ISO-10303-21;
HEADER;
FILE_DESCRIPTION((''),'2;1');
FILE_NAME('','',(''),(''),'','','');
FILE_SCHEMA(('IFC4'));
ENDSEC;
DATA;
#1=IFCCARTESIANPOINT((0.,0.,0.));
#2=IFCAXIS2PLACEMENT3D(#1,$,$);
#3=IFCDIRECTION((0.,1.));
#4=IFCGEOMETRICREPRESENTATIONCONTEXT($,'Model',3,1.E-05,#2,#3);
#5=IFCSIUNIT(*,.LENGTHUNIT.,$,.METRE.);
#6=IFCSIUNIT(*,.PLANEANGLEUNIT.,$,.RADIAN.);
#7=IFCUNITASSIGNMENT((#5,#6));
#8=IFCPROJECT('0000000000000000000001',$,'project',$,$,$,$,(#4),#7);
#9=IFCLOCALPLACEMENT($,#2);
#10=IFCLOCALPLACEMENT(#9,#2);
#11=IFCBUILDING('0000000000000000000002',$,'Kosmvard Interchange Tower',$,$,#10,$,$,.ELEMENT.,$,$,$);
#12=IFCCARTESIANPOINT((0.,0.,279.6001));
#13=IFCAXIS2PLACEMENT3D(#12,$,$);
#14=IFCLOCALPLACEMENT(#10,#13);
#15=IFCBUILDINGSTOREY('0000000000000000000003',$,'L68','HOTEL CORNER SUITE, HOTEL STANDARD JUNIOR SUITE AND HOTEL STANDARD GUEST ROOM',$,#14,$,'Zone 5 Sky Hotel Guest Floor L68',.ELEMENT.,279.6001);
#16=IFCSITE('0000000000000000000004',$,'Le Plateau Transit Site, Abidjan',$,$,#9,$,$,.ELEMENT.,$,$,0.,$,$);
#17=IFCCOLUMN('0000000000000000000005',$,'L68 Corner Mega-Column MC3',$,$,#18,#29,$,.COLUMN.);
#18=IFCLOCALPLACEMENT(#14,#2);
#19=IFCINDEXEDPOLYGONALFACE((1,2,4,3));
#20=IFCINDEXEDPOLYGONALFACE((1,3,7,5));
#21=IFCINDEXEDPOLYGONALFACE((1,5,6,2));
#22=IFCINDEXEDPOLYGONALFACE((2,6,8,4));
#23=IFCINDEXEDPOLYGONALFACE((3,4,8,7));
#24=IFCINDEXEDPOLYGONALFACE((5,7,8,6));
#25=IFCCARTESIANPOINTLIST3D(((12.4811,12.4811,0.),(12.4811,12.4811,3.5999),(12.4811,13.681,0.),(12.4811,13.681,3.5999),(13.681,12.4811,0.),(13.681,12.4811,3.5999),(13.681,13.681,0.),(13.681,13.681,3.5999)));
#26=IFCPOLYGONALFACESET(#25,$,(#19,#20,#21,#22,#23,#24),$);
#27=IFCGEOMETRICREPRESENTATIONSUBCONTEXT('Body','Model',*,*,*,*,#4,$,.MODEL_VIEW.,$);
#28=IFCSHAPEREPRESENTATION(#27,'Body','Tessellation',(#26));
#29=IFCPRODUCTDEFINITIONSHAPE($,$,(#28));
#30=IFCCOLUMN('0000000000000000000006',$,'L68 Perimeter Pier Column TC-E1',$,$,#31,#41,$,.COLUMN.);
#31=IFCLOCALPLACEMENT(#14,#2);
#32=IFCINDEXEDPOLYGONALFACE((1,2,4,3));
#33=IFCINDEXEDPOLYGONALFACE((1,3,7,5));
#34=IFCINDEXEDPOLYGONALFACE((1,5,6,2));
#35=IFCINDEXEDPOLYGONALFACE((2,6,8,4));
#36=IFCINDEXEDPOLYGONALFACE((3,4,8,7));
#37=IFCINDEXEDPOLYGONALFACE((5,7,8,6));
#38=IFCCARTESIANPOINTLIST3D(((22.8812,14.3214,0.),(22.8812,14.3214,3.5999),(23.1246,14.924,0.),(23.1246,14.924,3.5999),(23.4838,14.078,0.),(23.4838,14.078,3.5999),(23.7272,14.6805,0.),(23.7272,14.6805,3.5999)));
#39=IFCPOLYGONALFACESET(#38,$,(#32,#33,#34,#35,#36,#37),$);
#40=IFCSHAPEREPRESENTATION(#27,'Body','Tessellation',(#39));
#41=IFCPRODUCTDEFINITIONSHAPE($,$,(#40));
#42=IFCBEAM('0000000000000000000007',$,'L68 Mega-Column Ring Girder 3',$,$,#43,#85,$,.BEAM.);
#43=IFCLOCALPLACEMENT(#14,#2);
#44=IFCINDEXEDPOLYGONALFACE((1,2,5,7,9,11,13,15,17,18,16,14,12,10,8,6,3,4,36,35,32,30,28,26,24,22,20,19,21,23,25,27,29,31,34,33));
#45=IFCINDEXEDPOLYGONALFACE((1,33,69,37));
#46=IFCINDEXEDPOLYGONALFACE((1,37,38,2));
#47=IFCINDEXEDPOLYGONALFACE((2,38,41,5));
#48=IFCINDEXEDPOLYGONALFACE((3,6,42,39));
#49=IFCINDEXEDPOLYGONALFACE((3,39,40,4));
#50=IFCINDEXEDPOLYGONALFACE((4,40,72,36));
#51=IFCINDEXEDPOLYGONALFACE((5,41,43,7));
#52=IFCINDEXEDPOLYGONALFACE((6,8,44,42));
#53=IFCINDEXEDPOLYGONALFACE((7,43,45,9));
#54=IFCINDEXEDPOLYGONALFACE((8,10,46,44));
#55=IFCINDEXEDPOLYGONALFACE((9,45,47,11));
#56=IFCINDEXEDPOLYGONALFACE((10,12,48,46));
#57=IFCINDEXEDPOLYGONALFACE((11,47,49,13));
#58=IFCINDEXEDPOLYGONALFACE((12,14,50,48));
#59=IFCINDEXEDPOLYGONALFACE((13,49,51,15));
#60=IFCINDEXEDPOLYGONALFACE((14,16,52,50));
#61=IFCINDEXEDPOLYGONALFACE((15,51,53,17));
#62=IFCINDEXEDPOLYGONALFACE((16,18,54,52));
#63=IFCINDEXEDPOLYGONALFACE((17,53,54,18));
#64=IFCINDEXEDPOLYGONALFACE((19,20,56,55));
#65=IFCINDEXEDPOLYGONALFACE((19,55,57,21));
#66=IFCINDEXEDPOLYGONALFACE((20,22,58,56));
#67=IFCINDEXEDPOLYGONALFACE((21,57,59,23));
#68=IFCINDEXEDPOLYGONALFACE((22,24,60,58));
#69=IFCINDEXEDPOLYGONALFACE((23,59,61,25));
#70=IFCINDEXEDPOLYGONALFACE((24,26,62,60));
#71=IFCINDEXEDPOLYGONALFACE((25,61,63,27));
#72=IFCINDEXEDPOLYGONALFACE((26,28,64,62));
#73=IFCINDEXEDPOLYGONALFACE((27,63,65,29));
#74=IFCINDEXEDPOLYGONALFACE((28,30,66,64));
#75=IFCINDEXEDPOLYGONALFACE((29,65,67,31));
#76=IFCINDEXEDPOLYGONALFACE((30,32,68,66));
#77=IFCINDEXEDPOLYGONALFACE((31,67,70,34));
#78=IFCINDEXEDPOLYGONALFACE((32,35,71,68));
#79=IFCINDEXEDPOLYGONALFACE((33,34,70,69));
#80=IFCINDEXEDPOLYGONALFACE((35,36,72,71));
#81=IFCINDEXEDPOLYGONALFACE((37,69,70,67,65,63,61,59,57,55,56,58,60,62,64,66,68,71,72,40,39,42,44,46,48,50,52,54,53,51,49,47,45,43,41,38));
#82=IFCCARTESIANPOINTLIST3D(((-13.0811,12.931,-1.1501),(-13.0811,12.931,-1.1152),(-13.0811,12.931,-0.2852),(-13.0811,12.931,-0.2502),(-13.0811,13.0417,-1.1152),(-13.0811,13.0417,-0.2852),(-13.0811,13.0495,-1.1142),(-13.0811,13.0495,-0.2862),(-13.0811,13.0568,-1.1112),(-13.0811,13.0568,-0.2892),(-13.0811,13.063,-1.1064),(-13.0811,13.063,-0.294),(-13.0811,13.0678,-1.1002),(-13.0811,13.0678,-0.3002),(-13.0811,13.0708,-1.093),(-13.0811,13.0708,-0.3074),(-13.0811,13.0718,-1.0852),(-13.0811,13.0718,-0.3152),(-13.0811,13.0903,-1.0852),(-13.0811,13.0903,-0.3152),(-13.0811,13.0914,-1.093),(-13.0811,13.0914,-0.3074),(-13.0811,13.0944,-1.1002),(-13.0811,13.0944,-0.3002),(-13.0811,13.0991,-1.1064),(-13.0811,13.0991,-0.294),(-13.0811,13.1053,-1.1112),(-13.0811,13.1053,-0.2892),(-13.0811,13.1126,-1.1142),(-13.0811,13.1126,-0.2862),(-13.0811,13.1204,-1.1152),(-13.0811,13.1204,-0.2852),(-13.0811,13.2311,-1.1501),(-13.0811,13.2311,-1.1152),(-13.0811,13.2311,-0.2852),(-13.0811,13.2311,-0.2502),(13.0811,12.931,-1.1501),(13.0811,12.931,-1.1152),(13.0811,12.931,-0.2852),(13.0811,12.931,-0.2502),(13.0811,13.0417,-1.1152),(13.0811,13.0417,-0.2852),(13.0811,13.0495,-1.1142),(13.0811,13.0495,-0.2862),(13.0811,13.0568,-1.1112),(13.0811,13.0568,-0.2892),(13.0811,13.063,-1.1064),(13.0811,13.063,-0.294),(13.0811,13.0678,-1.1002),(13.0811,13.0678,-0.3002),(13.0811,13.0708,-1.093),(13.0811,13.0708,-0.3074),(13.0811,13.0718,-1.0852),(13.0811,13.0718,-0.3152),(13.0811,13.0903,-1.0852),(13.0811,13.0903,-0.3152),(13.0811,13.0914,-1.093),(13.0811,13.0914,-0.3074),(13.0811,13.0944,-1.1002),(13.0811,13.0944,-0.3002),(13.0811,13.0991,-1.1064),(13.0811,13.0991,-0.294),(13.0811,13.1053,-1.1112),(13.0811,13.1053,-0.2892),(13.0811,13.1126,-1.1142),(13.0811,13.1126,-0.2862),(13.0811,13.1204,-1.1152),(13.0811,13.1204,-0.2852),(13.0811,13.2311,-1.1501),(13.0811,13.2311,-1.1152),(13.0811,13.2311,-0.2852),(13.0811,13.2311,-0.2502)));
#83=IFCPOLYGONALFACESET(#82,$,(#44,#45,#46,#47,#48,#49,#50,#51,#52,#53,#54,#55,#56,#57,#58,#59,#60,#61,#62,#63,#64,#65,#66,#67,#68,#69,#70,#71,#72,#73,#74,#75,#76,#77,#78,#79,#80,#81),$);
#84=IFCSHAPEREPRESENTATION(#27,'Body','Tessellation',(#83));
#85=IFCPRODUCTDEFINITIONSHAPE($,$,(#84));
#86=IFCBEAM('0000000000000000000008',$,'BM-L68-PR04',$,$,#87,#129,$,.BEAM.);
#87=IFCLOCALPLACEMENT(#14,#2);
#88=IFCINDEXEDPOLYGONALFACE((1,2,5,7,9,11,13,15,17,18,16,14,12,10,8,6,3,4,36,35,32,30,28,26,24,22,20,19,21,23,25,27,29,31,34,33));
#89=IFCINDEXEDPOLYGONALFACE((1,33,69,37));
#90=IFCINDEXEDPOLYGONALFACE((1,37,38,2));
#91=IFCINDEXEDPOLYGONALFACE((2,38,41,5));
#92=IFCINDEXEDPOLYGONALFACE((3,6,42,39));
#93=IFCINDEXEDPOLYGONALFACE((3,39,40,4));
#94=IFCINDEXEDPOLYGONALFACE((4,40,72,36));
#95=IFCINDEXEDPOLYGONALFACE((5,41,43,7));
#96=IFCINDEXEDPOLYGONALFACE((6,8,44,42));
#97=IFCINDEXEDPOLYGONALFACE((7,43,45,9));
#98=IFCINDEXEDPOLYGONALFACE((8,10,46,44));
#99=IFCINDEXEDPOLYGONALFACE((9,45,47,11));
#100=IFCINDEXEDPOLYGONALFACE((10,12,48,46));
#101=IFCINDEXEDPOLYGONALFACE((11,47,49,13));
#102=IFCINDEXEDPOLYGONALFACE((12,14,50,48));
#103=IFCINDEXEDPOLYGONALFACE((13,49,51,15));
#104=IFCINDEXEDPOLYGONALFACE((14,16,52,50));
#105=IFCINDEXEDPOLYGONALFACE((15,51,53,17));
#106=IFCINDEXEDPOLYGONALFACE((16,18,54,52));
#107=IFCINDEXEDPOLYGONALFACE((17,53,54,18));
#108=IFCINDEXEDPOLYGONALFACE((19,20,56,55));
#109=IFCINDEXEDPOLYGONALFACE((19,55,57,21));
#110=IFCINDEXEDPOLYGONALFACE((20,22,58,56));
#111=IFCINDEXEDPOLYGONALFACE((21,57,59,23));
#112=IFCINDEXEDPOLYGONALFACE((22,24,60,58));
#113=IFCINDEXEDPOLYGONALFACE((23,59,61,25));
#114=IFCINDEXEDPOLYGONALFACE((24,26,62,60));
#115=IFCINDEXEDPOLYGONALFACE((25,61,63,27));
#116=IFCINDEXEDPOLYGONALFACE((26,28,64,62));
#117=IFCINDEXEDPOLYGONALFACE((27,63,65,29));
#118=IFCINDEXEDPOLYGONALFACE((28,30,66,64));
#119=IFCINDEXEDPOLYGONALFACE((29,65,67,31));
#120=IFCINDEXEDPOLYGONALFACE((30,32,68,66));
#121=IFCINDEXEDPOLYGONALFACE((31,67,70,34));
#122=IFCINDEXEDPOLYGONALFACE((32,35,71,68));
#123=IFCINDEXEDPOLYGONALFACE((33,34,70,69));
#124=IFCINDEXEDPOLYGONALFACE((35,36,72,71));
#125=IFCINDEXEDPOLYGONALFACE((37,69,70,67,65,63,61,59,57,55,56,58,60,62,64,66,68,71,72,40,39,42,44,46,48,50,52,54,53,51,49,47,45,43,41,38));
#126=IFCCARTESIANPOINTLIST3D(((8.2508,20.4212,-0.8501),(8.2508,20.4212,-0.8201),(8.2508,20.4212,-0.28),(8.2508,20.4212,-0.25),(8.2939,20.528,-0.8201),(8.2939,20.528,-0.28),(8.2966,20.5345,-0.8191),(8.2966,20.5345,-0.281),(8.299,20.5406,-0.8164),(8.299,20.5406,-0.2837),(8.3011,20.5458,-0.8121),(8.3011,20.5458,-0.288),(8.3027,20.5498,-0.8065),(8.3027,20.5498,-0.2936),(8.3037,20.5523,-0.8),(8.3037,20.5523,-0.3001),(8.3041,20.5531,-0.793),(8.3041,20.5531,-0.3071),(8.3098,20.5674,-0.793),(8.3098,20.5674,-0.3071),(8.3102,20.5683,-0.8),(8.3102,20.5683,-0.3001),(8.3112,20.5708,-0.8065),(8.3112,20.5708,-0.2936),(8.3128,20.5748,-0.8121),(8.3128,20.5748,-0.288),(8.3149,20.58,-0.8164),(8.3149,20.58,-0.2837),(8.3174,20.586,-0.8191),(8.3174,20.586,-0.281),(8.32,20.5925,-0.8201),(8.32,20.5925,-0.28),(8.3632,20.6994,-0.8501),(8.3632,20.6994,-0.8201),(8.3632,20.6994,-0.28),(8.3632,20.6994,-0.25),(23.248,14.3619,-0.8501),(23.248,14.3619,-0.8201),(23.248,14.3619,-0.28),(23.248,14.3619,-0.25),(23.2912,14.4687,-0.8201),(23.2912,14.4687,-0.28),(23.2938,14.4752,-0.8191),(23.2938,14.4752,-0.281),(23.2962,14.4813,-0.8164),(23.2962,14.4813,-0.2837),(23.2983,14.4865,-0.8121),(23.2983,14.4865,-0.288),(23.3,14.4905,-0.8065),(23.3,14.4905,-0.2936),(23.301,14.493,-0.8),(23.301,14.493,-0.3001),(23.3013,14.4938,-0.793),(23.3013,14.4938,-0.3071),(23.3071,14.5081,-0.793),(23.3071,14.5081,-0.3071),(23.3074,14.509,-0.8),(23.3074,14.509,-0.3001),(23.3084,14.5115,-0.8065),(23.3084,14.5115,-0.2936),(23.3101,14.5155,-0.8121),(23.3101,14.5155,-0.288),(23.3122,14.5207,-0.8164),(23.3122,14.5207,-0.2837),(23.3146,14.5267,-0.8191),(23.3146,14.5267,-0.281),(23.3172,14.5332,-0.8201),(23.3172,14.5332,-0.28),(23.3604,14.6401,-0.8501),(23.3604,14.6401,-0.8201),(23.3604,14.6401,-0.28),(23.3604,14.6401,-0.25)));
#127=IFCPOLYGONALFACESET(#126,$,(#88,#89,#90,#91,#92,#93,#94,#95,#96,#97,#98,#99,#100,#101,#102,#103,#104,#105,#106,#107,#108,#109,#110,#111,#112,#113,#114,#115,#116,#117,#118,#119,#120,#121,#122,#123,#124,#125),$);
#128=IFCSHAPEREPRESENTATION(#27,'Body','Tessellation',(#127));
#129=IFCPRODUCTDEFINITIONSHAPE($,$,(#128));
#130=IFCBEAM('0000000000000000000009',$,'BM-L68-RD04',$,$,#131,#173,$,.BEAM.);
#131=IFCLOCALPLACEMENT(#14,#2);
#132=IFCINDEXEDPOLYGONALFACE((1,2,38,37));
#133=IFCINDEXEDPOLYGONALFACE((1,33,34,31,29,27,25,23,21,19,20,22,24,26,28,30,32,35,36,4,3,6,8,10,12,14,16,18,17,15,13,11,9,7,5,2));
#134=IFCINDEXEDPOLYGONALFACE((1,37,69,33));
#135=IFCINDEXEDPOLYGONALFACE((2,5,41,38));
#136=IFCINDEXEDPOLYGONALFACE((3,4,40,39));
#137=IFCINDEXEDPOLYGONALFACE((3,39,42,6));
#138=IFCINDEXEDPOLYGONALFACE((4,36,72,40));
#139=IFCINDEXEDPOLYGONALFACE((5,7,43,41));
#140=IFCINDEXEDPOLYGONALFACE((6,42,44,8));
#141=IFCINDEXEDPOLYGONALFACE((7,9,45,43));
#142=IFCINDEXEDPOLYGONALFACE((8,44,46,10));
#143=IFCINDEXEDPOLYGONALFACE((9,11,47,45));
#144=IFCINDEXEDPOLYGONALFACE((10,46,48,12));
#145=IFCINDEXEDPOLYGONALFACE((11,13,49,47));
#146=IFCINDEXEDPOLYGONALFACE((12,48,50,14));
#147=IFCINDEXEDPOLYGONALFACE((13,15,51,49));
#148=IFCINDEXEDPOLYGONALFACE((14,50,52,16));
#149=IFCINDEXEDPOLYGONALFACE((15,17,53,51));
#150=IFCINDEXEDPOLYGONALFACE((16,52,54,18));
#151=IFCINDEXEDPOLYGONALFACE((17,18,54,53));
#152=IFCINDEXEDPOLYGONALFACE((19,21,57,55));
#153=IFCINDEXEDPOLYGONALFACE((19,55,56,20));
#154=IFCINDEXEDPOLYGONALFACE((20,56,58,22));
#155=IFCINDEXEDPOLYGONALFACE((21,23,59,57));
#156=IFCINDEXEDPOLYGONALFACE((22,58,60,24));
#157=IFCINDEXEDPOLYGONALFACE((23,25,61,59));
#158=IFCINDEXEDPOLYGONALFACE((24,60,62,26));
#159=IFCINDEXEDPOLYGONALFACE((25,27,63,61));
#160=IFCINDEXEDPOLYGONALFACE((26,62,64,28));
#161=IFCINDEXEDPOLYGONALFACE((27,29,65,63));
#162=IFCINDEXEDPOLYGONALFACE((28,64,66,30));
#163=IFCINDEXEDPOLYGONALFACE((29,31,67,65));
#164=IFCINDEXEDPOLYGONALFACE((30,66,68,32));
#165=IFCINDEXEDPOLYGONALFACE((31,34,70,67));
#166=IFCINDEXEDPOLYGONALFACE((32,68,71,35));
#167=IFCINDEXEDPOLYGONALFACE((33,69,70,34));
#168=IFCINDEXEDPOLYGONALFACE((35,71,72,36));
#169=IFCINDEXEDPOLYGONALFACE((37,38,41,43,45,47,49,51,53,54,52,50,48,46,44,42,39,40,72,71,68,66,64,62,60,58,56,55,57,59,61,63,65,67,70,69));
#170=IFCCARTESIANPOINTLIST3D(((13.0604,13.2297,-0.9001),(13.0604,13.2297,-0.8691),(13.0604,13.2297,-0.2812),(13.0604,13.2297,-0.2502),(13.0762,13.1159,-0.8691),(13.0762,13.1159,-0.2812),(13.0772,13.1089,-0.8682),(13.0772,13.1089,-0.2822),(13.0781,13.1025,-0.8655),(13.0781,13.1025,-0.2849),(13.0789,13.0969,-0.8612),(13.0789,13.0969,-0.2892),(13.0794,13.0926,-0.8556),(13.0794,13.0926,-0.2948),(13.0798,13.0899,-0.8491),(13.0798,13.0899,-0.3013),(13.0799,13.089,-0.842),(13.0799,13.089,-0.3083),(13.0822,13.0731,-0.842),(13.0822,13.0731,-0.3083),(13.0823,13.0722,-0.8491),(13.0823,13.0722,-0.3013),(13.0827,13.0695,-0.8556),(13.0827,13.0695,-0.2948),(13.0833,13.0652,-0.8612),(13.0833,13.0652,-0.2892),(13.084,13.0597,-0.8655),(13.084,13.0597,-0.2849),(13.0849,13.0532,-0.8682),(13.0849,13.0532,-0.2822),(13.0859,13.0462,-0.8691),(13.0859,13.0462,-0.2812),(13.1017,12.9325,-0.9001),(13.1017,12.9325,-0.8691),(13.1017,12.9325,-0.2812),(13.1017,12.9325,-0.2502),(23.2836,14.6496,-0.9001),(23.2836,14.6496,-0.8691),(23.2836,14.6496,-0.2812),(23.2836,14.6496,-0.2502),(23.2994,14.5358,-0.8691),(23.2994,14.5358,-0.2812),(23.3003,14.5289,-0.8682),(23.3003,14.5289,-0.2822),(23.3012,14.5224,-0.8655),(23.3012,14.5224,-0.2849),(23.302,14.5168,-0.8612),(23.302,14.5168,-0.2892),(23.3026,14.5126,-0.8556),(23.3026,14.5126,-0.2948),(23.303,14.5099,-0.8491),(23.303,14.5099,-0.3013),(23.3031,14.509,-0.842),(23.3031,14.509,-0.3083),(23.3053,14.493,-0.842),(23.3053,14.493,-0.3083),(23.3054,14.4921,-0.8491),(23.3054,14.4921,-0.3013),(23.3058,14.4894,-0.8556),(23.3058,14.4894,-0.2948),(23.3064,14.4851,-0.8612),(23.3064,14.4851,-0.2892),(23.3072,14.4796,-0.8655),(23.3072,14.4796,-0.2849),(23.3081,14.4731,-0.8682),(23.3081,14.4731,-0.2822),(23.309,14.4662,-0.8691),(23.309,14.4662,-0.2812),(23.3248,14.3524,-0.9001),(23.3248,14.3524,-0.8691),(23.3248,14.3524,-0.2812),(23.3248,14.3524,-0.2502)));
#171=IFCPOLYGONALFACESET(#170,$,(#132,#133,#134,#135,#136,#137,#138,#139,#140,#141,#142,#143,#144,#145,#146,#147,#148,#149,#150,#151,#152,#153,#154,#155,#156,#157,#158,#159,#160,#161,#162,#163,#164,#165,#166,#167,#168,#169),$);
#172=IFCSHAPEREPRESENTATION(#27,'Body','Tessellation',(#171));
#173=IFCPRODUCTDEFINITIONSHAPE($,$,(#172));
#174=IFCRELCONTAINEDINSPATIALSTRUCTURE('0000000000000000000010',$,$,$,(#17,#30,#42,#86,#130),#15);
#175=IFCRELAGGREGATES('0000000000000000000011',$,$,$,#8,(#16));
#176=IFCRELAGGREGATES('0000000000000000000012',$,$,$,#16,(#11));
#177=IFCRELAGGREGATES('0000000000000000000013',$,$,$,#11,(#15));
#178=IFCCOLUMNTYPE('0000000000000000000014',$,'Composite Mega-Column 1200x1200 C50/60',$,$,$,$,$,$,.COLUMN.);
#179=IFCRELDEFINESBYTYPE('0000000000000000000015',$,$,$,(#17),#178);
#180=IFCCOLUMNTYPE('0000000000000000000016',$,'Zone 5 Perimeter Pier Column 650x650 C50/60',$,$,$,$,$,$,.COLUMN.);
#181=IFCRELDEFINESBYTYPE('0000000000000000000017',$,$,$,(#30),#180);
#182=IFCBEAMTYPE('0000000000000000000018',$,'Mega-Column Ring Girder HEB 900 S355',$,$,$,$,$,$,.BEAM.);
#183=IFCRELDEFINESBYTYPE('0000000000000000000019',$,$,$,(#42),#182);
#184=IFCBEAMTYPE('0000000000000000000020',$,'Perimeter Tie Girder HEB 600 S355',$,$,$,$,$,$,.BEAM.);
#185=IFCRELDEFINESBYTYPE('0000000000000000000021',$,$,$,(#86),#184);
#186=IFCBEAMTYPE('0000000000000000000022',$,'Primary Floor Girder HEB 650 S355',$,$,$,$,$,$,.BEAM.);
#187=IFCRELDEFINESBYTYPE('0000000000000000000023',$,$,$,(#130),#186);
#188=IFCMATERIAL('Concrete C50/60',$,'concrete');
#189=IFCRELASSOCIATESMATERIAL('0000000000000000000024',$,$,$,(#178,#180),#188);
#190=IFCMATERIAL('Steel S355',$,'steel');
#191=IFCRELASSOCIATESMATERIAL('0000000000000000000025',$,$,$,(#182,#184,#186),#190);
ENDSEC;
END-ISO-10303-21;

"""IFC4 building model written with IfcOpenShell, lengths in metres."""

from ifc_helpers import new_model, si_unit, direction, frame, origin, origin_2d, place, context, subcontext, project, spatial, rectangle, i_section, extrude, source, transform, mapped, material, material_profile, profile_set, type_object, element, save


model = new_model("IFC4")

# Units and contexts
model_context = context("Model", 3, precision=1e-05, world=origin(), true_north=direction((0.0, 1.0)))
body_context = subcontext(model_context, "Body", "Model", "MODEL_VIEW")
ifc_project = project(units=[si_unit("LENGTHUNIT", "METRE"), si_unit("PLANEANGLEUNIT", "RADIAN")], contexts=[model_context])

# Site, building, storey
site_placement = place(None, origin())
site = spatial("IfcSite", under=ifc_project, at=site_placement, Name="Le Plateau Transit Site, Abidjan", CompositionType="ELEMENT", RefElevation=0.0)
building_placement = place(site_placement, origin())
building = spatial("IfcBuilding", under=site, at=building_placement, Name="Kosmvard Interchange Tower", CompositionType="ELEMENT")
storey_placement = place(building_placement, frame((0.0, 0.0, 279.6001)))
storey = spatial("IfcBuildingStorey", under=building, at=storey_placement, Name="L68", Description="HOTEL CORNER SUITE, HOTEL STANDARD JUNIOR SUITE AND HOTEL STANDARD GUEST ROOM", LongName="Zone 5 Sky Hotel Guest Floor L68", CompositionType="ELEMENT", Elevation=279.6001)

# Columns
ifc_material_1 = material(Name="Concrete C50/60", Category="concrete")
ifc_material_profile_1 = material_profile(ifc_material_1, rectangle(XDim=1.2, YDim=1.2, at=origin_2d()), Name="MC 1200x1200")
ifc_profile_set_1 = profile_set([ifc_material_profile_1], Name="Concrete C50/60")
column_type_1 = type_object("IfcColumnType", Name="Composite Mega-Column 1200x1200 C50/60", PredefinedType="COLUMN", material=ifc_profile_set_1)
shared_shape_1 = source(origin(), body_context, "Body", "SweptSolid", [
    extrude(rectangle(XDim=1.2, YDim=1.2, at=origin_2d()), origin(), (0.0, 0.0, 1.0), 3.5999),
])
column_1_placement = place(storey_placement, frame((13.0811, 13.0811, 0.0), z_axis=(0.0, 0.0, 1.0), x_axis=(1.0, 0.0, 0.0)))
element("IfcColumn", 1, at=column_1_placement, inside=storey, type_object=column_type_1, Name="L68 Corner Mega-Column MC3", PredefinedType="COLUMN", context=body_context, shape_type="MappedRepresentation", body=[
    mapped(shared_shape_1, transform((0.0, 0.0, 0.0), scale=1.0)),
])
ifc_material_profile_2 = material_profile(ifc_material_1, rectangle(XDim=0.6499, YDim=0.6499, at=origin_2d()), Name="TC 650x650")
ifc_profile_set_2 = profile_set([ifc_material_profile_2], Name="Concrete C50/60")
column_type_2 = type_object("IfcColumnType", Name="Zone 5 Perimeter Pier Column 650x650 C50/60", PredefinedType="COLUMN", material=ifc_profile_set_2)
shared_shape_2 = source(origin(), body_context, "Body", "SweptSolid", [
    extrude(rectangle(XDim=0.6499, YDim=0.6499, at=origin_2d()), origin(), (0.0, 0.0, 1.0), 3.5999),
])
column_2_placement = place(storey_placement, frame((23.3042, 14.501, 0.0), z_axis=(0.0, 0.0, 1.0), x_axis=(0.374607, 0.927184, 0.0)))
element("IfcColumn", 2, at=column_2_placement, inside=storey, type_object=column_type_2, Name="L68 Perimeter Pier Column TC-E1", PredefinedType="COLUMN", context=body_context, shape_type="MappedRepresentation", body=[
    mapped(shared_shape_2, transform((0.0, 0.0, 0.0), scale=1.0)),
])

# Beams
ifc_material_2 = material(Name="Steel S355", Category="steel")
ifc_material_profile_3 = material_profile(ifc_material_2, i_section(OverallWidth=0.3, OverallDepth=0.8999, WebThickness=0.0186, FlangeThickness=0.0349, FilletRadius=0.03, at=origin_2d()), Name="HEB 900")
ifc_profile_set_3 = profile_set([ifc_material_profile_3], Name="Steel S355")
beam_type_1 = type_object("IfcBeamType", Name="Mega-Column Ring Girder HEB 900 S355", PredefinedType="BEAM", material=ifc_profile_set_3)
shared_shape_3 = source(origin(), body_context, "Body", "SweptSolid", [
    extrude(i_section(OverallWidth=0.3, OverallDepth=0.8999, WebThickness=0.0186, FlangeThickness=0.0349, FilletRadius=0.03, at=origin_2d()), origin(), (0.0, 0.0, 1.0), 26.1621),
])
beam_1_placement = place(storey_placement, frame((13.0811, 13.0811, -0.7002), z_axis=(-1.0, 0.0, 0.0), x_axis=(0.0, -1.0, 0.0)))
element("IfcBeam", 3, at=beam_1_placement, inside=storey, type_object=beam_type_1, Name="L68 Mega-Column Ring Girder 3", PredefinedType="BEAM", context=body_context, shape_type="MappedRepresentation", body=[
    mapped(shared_shape_3, transform((0.0, 0.0, 0.0), scale=1.0)),
])
ifc_material_profile_4 = material_profile(ifc_material_2, i_section(OverallWidth=0.3, OverallDepth=0.6001, WebThickness=0.0154, FlangeThickness=0.03, FilletRadius=0.0271, at=origin_2d()), Name="HEB 600")
ifc_profile_set_4 = profile_set([ifc_material_profile_4], Name="Steel S355")
beam_type_2 = type_object("IfcBeamType", Name="Perimeter Tie Girder HEB 600 S355", PredefinedType="BEAM", material=ifc_profile_set_4)
shared_shape_4 = source(origin(), body_context, "Body", "SweptSolid", [
    extrude(i_section(OverallWidth=0.3, OverallDepth=0.6001, WebThickness=0.0154, FlangeThickness=0.03, FilletRadius=0.0271, at=origin_2d()), origin(), (0.0, 0.0, 1.0), 16.175),
])
beam_2_placement = place(storey_placement, frame((23.3042, 14.501, -0.55), z_axis=(-0.927183, 0.374608, 0.0), x_axis=(-0.374608, -0.927183, 0.0)))
element("IfcBeam", 4, at=beam_2_placement, inside=storey, type_object=beam_type_2, Name="BM-L68-PR04", PredefinedType="BEAM", context=body_context, shape_type="MappedRepresentation", body=[
    mapped(shared_shape_4, transform((0.0, 0.0, 0.0), scale=1.0)),
])
ifc_material_profile_5 = material_profile(ifc_material_2, i_section(OverallWidth=0.3, OverallDepth=0.6499, WebThickness=0.0161, FlangeThickness=0.031, FilletRadius=0.0271, at=origin_2d()), Name="HEB 650")
ifc_profile_set_5 = profile_set([ifc_material_profile_5], Name="Steel S355")
beam_type_3 = type_object("IfcBeamType", Name="Primary Floor Girder HEB 650 S355", PredefinedType="BEAM", material=ifc_profile_set_5)
shared_shape_5 = source(origin(), body_context, "Body", "SweptSolid", [
    extrude(i_section(OverallWidth=0.3, OverallDepth=0.6499, WebThickness=0.0161, FlangeThickness=0.031, FilletRadius=0.0271, at=origin_2d()), origin(), (0.0, 0.0, 1.0), 10.3213),
])
beam_3_placement = place(storey_placement, frame((13.0811, 13.0811, -0.5752), z_axis=(0.990492, 0.137572, 0.0), x_axis=(-0.137572, 0.990492, 0.0)))
element("IfcBeam", 5, at=beam_3_placement, inside=storey, type_object=beam_type_3, Name="BM-L68-RD04", PredefinedType="BEAM", context=body_context, shape_type="MappedRepresentation", body=[
    mapped(shared_shape_5, transform((0.0, 0.0, 0.0), scale=1.0)),
])

save(model, "model.ifc")
